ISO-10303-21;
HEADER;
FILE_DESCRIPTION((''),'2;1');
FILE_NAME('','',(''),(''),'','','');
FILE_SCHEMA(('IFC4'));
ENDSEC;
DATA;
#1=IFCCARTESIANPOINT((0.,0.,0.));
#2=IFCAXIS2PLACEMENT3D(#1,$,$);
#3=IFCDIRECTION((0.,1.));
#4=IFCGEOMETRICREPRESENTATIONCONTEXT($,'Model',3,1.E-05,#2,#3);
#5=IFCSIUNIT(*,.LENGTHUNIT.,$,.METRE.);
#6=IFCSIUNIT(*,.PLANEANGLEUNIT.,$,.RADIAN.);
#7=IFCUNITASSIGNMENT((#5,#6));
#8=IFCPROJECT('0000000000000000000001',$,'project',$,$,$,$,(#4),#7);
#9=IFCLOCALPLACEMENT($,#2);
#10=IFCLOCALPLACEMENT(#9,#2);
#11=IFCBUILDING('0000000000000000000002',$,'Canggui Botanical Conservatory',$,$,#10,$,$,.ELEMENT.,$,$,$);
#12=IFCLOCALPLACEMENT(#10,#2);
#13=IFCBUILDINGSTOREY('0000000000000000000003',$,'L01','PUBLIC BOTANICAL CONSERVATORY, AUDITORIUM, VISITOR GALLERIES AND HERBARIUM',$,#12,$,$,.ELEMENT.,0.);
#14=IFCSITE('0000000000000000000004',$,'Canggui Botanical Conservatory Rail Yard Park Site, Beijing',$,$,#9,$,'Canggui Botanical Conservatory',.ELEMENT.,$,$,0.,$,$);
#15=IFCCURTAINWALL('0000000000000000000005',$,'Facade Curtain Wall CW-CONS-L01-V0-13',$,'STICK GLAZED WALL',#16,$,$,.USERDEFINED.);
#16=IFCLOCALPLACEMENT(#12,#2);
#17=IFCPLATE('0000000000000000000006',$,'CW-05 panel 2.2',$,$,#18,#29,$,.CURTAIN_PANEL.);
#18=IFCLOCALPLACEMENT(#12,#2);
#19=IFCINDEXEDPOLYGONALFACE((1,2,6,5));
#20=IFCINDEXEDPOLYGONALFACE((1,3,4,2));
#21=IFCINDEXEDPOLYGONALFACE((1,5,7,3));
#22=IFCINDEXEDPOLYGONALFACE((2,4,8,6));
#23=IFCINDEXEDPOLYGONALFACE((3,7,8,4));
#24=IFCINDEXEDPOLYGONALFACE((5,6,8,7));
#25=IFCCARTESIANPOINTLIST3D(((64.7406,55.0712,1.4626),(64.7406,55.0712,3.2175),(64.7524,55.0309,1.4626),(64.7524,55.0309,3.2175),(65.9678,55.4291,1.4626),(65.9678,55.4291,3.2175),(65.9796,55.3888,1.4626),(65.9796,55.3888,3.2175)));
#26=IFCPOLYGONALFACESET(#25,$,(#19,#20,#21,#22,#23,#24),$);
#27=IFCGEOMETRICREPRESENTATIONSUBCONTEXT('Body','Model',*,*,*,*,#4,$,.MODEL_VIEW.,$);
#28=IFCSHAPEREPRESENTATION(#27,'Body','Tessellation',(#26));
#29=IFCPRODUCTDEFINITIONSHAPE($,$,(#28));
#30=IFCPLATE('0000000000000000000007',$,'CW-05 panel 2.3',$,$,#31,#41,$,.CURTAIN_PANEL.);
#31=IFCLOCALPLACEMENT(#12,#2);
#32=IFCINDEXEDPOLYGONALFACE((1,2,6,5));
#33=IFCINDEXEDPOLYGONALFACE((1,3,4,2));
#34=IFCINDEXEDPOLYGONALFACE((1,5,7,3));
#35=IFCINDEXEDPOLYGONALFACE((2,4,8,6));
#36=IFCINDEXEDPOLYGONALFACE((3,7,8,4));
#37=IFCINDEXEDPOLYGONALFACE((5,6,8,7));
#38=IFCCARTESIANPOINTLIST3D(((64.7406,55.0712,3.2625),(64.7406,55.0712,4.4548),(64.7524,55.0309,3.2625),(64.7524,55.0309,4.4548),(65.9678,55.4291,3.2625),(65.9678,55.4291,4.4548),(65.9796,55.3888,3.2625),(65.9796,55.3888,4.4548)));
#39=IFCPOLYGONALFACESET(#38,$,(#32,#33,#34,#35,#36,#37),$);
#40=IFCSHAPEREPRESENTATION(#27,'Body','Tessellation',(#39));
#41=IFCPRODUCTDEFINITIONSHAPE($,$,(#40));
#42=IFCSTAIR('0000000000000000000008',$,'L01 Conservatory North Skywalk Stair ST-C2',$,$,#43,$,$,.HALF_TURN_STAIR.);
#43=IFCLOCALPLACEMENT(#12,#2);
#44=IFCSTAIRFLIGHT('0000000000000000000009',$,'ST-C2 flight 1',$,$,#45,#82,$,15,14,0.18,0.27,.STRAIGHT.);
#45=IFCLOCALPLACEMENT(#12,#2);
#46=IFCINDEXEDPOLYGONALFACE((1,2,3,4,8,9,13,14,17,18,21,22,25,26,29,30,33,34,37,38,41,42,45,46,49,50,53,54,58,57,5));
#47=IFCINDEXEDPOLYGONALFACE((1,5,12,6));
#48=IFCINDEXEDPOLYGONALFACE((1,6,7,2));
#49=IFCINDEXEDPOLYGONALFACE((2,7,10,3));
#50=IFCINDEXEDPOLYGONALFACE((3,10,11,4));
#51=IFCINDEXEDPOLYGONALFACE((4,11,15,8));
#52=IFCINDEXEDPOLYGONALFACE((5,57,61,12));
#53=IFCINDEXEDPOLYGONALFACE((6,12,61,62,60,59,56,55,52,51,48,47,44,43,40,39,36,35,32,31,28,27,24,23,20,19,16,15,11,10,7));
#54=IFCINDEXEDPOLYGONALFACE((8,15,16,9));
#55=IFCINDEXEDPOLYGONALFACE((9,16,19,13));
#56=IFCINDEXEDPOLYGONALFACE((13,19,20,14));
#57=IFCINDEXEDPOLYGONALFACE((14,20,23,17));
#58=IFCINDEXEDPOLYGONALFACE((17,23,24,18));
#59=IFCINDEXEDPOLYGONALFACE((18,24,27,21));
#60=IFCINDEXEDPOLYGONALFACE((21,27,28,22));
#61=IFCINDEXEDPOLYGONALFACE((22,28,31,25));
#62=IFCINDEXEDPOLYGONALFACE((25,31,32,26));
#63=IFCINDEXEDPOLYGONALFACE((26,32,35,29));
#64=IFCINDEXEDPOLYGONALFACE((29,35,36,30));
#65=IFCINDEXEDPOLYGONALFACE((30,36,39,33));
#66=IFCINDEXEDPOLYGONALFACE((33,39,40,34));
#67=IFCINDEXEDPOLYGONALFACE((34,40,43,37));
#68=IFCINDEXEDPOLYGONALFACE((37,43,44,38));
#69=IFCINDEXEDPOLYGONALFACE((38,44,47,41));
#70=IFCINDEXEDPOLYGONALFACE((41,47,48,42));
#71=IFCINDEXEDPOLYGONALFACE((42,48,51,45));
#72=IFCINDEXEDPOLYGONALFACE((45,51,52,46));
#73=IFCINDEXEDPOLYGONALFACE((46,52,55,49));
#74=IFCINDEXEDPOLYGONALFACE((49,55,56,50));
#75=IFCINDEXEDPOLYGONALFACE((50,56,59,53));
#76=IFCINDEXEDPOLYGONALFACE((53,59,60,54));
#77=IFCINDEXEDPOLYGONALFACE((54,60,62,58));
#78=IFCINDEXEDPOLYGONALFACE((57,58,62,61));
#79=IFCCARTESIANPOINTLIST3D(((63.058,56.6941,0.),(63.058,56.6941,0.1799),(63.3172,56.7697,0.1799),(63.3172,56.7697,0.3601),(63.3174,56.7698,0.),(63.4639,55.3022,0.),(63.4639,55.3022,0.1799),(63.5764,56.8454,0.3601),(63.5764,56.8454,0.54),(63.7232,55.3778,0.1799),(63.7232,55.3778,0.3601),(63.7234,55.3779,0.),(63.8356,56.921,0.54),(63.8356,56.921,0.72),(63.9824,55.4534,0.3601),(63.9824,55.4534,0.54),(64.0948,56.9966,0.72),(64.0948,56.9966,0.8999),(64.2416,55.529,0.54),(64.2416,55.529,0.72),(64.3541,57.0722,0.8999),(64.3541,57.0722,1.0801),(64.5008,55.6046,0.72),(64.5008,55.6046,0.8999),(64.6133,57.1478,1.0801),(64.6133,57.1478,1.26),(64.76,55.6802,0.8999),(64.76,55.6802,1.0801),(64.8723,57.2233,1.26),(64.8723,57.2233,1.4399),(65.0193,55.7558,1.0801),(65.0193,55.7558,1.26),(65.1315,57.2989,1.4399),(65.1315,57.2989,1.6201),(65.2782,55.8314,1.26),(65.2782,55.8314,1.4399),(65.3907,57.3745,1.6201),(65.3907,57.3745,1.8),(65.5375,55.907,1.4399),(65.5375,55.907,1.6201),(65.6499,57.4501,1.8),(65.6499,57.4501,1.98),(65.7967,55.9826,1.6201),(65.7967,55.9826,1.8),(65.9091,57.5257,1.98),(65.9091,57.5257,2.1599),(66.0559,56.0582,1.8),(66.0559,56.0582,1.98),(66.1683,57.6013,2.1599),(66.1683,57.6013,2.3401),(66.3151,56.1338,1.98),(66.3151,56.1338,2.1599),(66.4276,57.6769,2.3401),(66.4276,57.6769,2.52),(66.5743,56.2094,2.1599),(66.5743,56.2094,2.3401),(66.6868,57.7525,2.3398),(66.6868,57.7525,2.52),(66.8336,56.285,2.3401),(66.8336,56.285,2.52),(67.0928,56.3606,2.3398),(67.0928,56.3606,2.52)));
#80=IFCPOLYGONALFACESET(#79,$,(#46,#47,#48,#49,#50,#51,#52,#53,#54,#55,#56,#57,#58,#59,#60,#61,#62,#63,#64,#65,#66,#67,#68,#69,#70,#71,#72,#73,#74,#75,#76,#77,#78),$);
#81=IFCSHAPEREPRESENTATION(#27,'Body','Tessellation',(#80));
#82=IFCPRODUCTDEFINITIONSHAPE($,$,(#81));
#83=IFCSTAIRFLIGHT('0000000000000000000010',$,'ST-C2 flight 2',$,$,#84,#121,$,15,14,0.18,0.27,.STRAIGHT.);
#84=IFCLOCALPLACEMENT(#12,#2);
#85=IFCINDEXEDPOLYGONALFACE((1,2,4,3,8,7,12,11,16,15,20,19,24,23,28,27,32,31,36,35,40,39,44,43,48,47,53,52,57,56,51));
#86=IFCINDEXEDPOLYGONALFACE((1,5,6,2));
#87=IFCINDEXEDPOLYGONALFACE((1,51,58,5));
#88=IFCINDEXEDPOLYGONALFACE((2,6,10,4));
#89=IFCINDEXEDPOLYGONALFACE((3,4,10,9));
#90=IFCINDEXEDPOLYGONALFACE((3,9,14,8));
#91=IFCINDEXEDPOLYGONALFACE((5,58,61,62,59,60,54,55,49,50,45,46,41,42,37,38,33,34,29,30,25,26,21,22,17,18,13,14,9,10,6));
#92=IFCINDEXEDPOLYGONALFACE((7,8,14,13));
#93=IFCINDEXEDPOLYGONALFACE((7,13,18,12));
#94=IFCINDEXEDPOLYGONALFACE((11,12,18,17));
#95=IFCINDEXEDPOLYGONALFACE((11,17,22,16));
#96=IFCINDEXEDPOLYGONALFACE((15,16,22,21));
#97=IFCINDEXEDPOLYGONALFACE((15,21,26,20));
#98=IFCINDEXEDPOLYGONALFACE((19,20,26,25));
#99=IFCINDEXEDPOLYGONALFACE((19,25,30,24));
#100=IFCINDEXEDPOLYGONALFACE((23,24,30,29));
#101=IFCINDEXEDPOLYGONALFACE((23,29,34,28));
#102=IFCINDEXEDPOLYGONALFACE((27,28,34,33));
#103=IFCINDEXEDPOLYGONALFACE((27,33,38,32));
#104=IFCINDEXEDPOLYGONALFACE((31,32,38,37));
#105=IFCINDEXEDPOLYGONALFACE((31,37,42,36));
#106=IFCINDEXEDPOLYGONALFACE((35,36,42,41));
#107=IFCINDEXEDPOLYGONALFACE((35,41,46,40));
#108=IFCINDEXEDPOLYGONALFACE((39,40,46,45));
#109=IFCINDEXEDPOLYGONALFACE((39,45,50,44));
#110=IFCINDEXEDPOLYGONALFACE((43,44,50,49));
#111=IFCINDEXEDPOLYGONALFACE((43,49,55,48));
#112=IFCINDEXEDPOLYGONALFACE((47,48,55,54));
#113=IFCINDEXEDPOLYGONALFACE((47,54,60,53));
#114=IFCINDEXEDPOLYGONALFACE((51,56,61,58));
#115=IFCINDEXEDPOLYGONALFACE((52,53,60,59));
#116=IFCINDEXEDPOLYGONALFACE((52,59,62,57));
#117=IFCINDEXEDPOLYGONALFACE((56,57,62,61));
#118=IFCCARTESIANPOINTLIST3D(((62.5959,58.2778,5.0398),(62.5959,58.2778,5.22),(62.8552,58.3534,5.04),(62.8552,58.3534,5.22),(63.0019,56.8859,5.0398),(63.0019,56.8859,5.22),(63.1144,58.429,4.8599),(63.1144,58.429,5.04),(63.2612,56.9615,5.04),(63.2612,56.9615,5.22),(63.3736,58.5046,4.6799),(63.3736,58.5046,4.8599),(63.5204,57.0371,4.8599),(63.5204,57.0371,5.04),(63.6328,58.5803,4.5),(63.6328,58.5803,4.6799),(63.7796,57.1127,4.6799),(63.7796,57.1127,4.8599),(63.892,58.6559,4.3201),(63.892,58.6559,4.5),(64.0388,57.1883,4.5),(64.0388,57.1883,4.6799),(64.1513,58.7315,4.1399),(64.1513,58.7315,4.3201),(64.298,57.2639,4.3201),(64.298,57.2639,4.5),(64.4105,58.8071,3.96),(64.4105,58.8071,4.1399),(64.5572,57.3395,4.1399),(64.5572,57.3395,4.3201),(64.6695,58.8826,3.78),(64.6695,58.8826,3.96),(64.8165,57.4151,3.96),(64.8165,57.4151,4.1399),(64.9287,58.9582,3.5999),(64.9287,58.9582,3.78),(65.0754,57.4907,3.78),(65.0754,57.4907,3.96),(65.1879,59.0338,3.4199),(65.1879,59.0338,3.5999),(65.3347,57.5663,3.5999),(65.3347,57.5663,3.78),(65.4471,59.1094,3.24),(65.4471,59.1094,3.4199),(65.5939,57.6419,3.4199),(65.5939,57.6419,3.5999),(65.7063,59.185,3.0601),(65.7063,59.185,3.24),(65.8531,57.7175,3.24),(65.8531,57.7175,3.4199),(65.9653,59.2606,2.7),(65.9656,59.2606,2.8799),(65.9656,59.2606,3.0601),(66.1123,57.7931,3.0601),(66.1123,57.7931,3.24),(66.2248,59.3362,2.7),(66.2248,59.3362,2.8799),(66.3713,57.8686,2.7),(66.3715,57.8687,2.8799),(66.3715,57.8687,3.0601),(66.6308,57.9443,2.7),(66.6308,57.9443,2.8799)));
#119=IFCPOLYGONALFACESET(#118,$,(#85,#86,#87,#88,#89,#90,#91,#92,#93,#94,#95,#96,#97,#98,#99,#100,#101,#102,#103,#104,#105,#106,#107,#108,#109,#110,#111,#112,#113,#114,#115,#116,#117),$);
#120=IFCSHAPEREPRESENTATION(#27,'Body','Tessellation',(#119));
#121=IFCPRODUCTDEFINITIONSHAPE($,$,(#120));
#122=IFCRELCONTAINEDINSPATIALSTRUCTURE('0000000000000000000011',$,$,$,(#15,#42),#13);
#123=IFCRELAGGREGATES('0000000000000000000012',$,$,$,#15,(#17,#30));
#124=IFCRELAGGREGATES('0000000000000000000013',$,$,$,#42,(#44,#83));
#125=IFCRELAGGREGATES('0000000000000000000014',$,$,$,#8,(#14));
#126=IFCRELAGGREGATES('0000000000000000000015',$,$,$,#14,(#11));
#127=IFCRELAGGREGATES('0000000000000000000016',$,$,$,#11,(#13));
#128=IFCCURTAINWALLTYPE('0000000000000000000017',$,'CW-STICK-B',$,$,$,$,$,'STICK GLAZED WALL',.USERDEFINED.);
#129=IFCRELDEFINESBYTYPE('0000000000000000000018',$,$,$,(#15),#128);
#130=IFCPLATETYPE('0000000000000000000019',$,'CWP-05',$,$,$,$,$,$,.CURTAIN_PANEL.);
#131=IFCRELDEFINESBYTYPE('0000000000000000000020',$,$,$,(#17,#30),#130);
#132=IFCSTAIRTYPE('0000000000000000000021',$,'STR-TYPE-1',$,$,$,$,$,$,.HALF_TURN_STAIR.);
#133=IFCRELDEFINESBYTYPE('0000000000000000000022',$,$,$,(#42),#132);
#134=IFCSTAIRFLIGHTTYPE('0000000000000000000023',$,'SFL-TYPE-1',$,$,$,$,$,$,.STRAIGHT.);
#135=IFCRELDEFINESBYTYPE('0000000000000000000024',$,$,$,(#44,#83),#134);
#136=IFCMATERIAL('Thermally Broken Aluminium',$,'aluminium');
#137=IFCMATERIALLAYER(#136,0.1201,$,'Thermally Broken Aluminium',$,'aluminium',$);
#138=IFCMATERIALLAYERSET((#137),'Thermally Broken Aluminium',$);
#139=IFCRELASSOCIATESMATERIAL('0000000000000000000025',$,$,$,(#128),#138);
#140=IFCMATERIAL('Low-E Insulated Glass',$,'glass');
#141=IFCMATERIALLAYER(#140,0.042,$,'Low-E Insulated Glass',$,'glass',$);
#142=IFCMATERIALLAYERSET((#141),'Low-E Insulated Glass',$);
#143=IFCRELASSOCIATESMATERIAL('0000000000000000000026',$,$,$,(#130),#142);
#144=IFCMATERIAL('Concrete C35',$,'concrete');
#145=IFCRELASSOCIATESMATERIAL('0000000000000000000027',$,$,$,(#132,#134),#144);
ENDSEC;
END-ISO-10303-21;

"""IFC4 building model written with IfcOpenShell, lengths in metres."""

from ifc_helpers import new_model, si_unit, direction, frame, origin, origin_2d, place, context, subcontext, project, spatial, polyline, rectangle, outline, extrude, material, layer, layer_set, type_object, element, aggregate, save


model = new_model("IFC4")

# Units and contexts
model_context = context("Model", 3, precision=1e-05, world=origin(), true_north=direction((0.0, 1.0)))
body_context = subcontext(model_context, "Body", "Model", "MODEL_VIEW")
ifc_project = project(units=[si_unit("LENGTHUNIT", "METRE"), si_unit("PLANEANGLEUNIT", "RADIAN")], contexts=[model_context])

# Site, building, storey
site_placement = place(None, origin())
site = spatial("IfcSite", under=ifc_project, at=site_placement, Name="Canggui Botanical Conservatory Rail Yard Park Site, Beijing", LongName="Canggui Botanical Conservatory", CompositionType="ELEMENT", RefElevation=0.0)
building_placement = place(site_placement, origin())
building = spatial("IfcBuilding", under=site, at=building_placement, Name="Canggui Botanical Conservatory", CompositionType="ELEMENT")
storey_placement = place(building_placement, origin())
storey = spatial("IfcBuildingStorey", under=building, at=storey_placement, Name="L01", Description="PUBLIC BOTANICAL CONSERVATORY, AUDITORIUM, VISITOR GALLERIES AND HERBARIUM", CompositionType="ELEMENT", Elevation=0.0)

# Shared definitions
ifc_material_1 = material(Name="Concrete C35", Category="concrete")

# Curtain wall, plates
ifc_material_2 = material(Name="Thermally Broken Aluminium", Category="aluminium")
ifc_layer_1 = layer(ifc_material_2, 0.1201, Name="Thermally Broken Aluminium", Category="aluminium")
ifc_layer_set_1 = layer_set([ifc_layer_1], Name="Thermally Broken Aluminium")
curtain_wall_type = type_object("IfcCurtainWallType", Name="CW-STICK-B", ElementType="STICK GLAZED WALL", PredefinedType="USERDEFINED", material=ifc_layer_set_1)
curtain_wall_placement = place(storey_placement, origin())
curtain_wall = element("IfcCurtainWall", 1, at=curtain_wall_placement, inside=storey, type_object=curtain_wall_type, Name="Facade Curtain Wall CW-CONS-L01-V0-13", ObjectType="STICK GLAZED WALL", PredefinedType="USERDEFINED")
ifc_material_3 = material(Name="Low-E Insulated Glass", Category="glass")
ifc_layer_2 = layer(ifc_material_3, 0.042, Name="Low-E Insulated Glass", Category="glass")
ifc_layer_set_2 = layer_set([ifc_layer_2], Name="Low-E Insulated Glass")
plate_type = type_object("IfcPlateType", Name="CWP-05", PredefinedType="CURTAIN_PANEL", material=ifc_layer_set_2)
plate_1_placement = place(storey_placement, frame((65.3601, 55.23, 1.4626), z_axis=(0.0, 0.0, 1.0), x_axis=(-0.96, -0.28, 0.0)))
plate_1 = element("IfcPlate", 2, at=plate_1_placement, type_object=plate_type, Name="CW-05 panel 2.2", PredefinedType="CURTAIN_PANEL", context=body_context, shape_type="SweptSolid", body=[
    extrude(rectangle(XDim=1.2783, YDim=0.042, at=origin_2d()), origin(), (0.0, 0.0, 1.0), 1.7549),
])
plate_2_placement = place(storey_placement, frame((65.3601, 55.23, 3.2625), z_axis=(0.0, 0.0, 1.0), x_axis=(-0.96, -0.28, 0.0)))
plate_2 = element("IfcPlate", 3, at=plate_2_placement, type_object=plate_type, Name="CW-05 panel 2.3", PredefinedType="CURTAIN_PANEL", context=body_context, shape_type="SweptSolid", body=[
    extrude(rectangle(XDim=1.2783, YDim=0.042, at=origin_2d()), origin(), (0.0, 0.0, 1.0), 1.1924),
])
aggregate(curtain_wall, [plate_1, plate_2])

# Stair, stair flights
stair_type = type_object("IfcStairType", Name="STR-TYPE-1", PredefinedType="HALF_TURN_STAIR", material=ifc_material_1)
stair_placement = place(storey_placement, origin())
stair = element("IfcStair", 4, at=stair_placement, inside=storey, type_object=stair_type, Name="L01 Conservatory North Skywalk Stair ST-C2", PredefinedType="HALF_TURN_STAIR")
stair_flight_type = type_object("IfcStairFlightType", Name="SFL-TYPE-1", PredefinedType="STRAIGHT", material=ifc_material_1)
stair_flight_1_placement = place(storey_placement, frame((63.261, 55.998, 0.0), z_axis=(0.0, 0.0, 1.0), x_axis=(0.96, 0.28, 0.0)))
stair_flight_1 = element("IfcStairFlight", 5, at=stair_flight_1_placement, type_object=stair_flight_type, Name="ST-C2 flight 1", NumberOfRisers=15, NumberOfTreads=14, PredefinedType="STRAIGHT", RiserHeight=0.18, TreadLength=0.27, context=body_context, shape_type="SweptSolid", body=[
    extrude(outline(polyline([(0.0, 0.0), (0.0, 0.1799), (0.27, 0.1799), (0.27, 0.3601), (0.54, 0.3601), (0.54, 0.54), (0.8101, 0.54), (0.8101, 0.72), (1.0801, 0.72), (1.0801, 0.8999), (1.3501, 0.8999), (1.3501, 1.0801), (1.6201, 1.0801), (1.6201, 1.26), (1.8899, 1.26), (1.8899, 1.4399), (2.1599, 1.4399), (2.1599, 1.6201), (2.4299, 1.6201), (2.4299, 1.8), (2.7, 1.8), (2.7, 1.98), (2.97, 1.98), (2.97, 2.1599), (3.24, 2.1599), (3.24, 2.3401), (3.51, 2.3401), (3.51, 2.52), (3.78, 2.52), (3.78, 2.7), (3.78, 2.3398), (0.2703, 0.0), (0.0, 0.0)])), frame((0.0, 0.7251, 0.0), z_axis=(0.0, -1.0, 0.0), x_axis=(1.0, 0.0, 0.0)), (0.0, 0.0, 1.0), 1.45),
])
stair_flight_2_placement = place(storey_placement, frame((66.4277, 58.6404, 2.7), z_axis=(0.0, 0.0, 1.0), x_axis=(-0.96, -0.28, 0.0)))
stair_flight_2 = element("IfcStairFlight", 6, at=stair_flight_2_placement, type_object=stair_flight_type, Name="ST-C2 flight 2", NumberOfRisers=15, NumberOfTreads=14, PredefinedType="STRAIGHT", RiserHeight=0.18, TreadLength=0.27, context=body_context, shape_type="SweptSolid", body=[
    extrude(outline(polyline([(0.0, 0.0), (0.0, 0.1799), (0.27, 0.1799), (0.27, 0.3601), (0.54, 0.3601), (0.54, 0.54), (0.8101, 0.54), (0.8101, 0.72), (1.0801, 0.72), (1.0801, 0.8999), (1.3501, 0.8999), (1.3501, 1.0801), (1.6201, 1.0801), (1.6201, 1.26), (1.8899, 1.26), (1.8899, 1.4399), (2.1599, 1.4399), (2.1599, 1.6201), (2.4299, 1.6201), (2.4299, 1.8), (2.7, 1.8), (2.7, 1.98), (2.97, 1.98), (2.97, 2.1599), (3.24, 2.1599), (3.24, 2.3401), (3.51, 2.3401), (3.51, 2.52), (3.78, 2.52), (3.78, 2.7), (3.78, 2.3398), (0.2703, 0.0), (0.0, 0.0)])), frame((0.0, 0.7251, 0.0), z_axis=(0.0, -1.0, 0.0), x_axis=(1.0, 0.0, 0.0)), (0.0, 0.0, 1.0), 1.45),
])
aggregate(stair, [stair_flight_1, stair_flight_2])

save(model, "model.ifc")
